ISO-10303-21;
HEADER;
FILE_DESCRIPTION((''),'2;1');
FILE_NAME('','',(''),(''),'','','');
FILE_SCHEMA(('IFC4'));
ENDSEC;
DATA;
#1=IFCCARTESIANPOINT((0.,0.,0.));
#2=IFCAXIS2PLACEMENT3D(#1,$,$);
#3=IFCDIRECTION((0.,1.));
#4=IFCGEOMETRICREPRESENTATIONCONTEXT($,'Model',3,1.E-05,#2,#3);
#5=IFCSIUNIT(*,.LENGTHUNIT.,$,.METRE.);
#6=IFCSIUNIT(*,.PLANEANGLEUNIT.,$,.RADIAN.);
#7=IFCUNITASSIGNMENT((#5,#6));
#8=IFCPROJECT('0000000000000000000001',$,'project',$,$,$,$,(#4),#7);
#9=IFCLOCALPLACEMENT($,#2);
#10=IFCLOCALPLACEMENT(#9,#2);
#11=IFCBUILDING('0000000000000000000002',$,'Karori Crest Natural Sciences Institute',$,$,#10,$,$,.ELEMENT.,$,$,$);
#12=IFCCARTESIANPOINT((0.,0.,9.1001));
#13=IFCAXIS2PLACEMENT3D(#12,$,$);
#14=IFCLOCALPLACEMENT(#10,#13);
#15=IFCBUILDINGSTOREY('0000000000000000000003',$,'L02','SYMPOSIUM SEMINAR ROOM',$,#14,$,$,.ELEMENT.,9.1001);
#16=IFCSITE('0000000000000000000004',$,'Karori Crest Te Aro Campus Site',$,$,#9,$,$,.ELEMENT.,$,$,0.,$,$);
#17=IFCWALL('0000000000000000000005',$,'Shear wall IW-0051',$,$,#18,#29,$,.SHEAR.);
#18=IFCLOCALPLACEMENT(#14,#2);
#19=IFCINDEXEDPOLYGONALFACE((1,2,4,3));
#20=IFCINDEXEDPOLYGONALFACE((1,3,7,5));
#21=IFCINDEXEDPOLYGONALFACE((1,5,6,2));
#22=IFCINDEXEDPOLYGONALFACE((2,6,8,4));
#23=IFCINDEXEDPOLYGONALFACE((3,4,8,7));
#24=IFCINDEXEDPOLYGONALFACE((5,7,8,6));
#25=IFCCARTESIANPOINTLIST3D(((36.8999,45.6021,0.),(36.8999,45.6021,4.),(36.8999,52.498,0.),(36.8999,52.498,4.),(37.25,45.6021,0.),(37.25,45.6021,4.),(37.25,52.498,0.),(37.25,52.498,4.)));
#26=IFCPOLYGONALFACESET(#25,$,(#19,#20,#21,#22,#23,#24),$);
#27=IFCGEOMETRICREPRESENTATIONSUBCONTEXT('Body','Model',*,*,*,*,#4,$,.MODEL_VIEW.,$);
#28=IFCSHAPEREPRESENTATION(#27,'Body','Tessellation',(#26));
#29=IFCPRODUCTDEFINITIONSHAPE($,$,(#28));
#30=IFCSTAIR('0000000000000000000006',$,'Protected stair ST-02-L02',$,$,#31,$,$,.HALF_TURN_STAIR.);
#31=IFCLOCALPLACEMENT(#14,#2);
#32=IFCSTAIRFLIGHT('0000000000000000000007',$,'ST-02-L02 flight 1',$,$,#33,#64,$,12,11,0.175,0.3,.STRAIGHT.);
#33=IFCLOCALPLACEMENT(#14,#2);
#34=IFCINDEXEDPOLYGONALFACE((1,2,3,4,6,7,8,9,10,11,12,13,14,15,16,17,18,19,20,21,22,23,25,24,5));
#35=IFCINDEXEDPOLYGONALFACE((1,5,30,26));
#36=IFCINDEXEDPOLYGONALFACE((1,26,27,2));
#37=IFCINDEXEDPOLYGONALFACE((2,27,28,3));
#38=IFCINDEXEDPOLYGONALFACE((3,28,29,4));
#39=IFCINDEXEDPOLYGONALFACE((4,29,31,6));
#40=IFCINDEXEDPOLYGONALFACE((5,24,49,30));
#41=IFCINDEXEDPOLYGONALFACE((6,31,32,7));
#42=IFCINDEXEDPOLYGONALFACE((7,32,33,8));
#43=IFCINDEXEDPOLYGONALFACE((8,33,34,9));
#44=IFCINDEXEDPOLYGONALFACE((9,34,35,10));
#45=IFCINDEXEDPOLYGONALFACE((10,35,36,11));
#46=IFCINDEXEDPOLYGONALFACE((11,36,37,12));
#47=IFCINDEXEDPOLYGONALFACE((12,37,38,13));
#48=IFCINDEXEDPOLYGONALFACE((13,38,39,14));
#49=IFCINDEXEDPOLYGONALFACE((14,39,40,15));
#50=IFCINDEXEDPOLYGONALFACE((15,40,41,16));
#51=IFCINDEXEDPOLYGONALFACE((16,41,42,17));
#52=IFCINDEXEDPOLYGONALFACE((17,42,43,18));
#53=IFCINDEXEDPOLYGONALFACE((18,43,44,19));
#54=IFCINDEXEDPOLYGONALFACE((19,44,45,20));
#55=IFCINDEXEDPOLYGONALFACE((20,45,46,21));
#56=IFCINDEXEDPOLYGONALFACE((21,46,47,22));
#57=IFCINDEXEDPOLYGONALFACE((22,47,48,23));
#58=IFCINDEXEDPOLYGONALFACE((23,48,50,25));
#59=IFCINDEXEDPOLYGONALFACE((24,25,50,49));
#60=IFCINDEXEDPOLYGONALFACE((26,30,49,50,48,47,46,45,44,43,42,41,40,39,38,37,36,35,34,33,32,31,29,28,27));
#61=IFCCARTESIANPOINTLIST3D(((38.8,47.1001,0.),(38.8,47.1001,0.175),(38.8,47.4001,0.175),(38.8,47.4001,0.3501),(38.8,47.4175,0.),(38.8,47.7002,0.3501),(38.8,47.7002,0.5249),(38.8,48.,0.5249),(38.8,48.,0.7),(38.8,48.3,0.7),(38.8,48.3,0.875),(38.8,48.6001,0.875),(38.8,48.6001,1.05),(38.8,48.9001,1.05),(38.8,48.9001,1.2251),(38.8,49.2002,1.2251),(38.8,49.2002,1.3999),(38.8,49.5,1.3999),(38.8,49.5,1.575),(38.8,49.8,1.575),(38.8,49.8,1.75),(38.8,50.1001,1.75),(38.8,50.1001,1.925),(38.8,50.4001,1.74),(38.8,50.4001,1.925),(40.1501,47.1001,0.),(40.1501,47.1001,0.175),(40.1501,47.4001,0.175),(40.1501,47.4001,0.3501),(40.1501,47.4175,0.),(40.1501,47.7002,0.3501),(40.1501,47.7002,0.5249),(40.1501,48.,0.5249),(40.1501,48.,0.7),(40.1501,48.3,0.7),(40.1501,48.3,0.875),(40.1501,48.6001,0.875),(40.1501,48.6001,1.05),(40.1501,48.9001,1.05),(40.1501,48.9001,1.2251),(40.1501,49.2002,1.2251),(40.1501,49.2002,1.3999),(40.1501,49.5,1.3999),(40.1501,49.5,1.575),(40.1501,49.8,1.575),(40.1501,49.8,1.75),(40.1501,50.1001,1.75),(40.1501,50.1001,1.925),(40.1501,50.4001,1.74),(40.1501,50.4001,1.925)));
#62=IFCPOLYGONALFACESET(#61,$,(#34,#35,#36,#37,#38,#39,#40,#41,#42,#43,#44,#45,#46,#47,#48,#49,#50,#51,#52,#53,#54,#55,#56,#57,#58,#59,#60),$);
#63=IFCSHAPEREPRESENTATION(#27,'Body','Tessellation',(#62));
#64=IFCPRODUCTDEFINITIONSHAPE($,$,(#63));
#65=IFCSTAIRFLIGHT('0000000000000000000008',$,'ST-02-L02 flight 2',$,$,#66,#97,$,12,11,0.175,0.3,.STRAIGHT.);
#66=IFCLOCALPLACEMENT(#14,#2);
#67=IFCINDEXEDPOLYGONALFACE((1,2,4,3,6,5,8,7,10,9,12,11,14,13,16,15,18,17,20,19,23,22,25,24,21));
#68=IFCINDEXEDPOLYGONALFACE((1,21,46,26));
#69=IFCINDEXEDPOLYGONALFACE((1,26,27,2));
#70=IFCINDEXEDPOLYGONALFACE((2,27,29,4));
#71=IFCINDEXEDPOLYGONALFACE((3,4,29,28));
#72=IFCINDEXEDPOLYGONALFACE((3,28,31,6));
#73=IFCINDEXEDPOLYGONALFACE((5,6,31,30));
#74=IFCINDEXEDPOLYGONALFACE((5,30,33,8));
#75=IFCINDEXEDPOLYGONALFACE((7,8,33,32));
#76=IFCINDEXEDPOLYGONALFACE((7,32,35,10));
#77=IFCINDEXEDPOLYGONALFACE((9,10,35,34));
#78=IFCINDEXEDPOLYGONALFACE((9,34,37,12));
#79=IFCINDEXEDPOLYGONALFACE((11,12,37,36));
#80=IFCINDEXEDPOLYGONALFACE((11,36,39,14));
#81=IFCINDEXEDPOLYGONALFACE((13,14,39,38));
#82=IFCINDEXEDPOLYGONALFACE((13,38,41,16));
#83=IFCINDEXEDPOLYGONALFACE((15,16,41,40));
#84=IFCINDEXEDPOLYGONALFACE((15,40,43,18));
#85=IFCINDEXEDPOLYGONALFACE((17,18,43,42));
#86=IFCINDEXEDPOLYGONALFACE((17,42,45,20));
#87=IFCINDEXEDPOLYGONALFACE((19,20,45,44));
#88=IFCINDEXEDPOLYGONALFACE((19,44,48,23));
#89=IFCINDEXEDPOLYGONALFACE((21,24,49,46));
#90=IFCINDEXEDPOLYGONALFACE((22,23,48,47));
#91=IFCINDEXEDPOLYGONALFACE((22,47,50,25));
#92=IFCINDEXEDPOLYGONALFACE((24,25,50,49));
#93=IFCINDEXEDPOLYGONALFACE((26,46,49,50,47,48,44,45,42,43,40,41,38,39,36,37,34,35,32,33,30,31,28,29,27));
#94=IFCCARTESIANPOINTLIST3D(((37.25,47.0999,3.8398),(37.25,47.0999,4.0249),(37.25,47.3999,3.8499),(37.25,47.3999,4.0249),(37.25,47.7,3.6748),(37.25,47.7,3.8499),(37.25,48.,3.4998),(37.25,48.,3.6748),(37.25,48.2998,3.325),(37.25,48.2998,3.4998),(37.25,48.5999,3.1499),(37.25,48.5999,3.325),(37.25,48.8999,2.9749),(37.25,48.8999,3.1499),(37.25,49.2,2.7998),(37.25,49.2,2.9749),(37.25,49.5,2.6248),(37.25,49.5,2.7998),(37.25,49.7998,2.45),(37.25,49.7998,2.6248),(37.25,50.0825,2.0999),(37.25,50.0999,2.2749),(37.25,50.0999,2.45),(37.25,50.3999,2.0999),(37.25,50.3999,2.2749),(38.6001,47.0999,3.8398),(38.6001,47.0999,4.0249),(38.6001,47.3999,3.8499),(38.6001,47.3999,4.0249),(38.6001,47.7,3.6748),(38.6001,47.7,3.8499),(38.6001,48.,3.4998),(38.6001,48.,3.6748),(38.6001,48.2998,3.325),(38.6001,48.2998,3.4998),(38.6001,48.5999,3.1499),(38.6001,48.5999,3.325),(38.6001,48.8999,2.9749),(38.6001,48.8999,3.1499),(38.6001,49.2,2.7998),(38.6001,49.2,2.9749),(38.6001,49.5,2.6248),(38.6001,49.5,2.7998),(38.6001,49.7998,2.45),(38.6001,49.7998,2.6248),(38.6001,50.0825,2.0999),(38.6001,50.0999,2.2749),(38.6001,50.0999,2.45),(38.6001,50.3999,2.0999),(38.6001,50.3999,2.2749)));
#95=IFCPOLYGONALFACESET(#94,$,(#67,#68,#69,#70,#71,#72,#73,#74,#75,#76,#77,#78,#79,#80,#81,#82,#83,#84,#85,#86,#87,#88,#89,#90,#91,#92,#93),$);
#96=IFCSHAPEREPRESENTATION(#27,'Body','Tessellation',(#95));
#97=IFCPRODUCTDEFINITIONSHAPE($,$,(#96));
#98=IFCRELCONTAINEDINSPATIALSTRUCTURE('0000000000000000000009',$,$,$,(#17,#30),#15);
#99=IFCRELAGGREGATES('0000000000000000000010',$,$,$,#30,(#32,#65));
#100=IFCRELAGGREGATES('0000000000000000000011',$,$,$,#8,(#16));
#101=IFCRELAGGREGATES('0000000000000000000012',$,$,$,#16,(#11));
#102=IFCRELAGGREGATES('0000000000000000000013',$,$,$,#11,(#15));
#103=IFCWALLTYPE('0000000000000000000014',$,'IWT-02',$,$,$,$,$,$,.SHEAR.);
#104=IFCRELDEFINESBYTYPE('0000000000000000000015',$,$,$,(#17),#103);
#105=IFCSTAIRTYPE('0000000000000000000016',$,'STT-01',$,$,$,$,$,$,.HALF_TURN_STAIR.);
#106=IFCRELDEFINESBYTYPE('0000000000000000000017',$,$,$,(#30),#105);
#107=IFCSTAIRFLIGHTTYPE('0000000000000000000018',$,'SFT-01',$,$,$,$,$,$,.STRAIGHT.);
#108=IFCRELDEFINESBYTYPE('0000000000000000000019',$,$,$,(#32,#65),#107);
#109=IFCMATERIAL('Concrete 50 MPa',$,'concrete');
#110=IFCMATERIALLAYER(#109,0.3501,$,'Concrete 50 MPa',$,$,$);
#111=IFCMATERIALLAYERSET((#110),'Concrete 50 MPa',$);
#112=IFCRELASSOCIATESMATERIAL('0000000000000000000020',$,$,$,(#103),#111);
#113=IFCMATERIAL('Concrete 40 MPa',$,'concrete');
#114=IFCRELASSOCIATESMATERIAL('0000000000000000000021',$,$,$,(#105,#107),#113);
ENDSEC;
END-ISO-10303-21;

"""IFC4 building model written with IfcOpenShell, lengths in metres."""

from ifc_helpers import new_model, si_unit, direction, frame, frame_2d, origin, place, context, subcontext, project, spatial, polyline, rectangle, outline, extrude, material, layer, layer_set, type_object, element, aggregate, save


model = new_model("IFC4")

# Units and contexts
model_context = context("Model", 3, precision=1e-05, world=origin(), true_north=direction((0.0, 1.0)))
body_context = subcontext(model_context, "Body", "Model", "MODEL_VIEW")
ifc_project = project(units=[si_unit("LENGTHUNIT", "METRE"), si_unit("PLANEANGLEUNIT", "RADIAN")], contexts=[model_context])

# Site, building, storey
site_placement = place(None, origin())
site = spatial("IfcSite", under=ifc_project, at=site_placement, Name="Karori Crest Te Aro Campus Site", CompositionType="ELEMENT", RefElevation=0.0)
building_placement = place(site_placement, origin())
building = spatial("IfcBuilding", under=site, at=building_placement, Name="Karori Crest Natural Sciences Institute", CompositionType="ELEMENT")
storey_placement = place(building_placement, frame((0.0, 0.0, 9.1001)))
storey = spatial("IfcBuildingStorey", under=building, at=storey_placement, Name="L02", Description="SYMPOSIUM SEMINAR ROOM", CompositionType="ELEMENT", Elevation=9.1001)

# Wall
ifc_material_1 = material(Name="Concrete 50 MPa", Category="concrete")
ifc_layer_1 = layer(ifc_material_1, 0.3501, Name="Concrete 50 MPa")
ifc_layer_set_1 = layer_set([ifc_layer_1], Name="Concrete 50 MPa")
wall_type_1 = type_object("IfcWallType", Name="IWT-02", PredefinedType="SHEAR", material=ifc_layer_set_1)
wall_1_placement = place(storey_placement, frame((37.075, 45.6021, 0.0), z_axis=(0.0, 0.0, 1.0), x_axis=(0.0, 1.0, 0.0)))
element("IfcWall", 1, at=wall_1_placement, inside=storey, type_object=wall_type_1, Name="Shear wall IW-0051", PredefinedType="SHEAR", context=body_context, shape_type="SweptSolid", body=[
    extrude(rectangle(XDim=6.896, YDim=0.3501, at=frame_2d((3.448, 0.0))), origin(), (0.0, 0.0, 1.0), 4.0),
])

# Stair, stair flights
ifc_material_2 = material(Name="Concrete 40 MPa", Category="concrete")
stair_type = type_object("IfcStairType", Name="STT-01", PredefinedType="HALF_TURN_STAIR", material=ifc_material_2)
stair_placement = place(storey_placement, origin())
stair = element("IfcStair", 2, at=stair_placement, inside=storey, type_object=stair_type, Name="Protected stair ST-02-L02", PredefinedType="HALF_TURN_STAIR")
stair_flight_type = type_object("IfcStairFlightType", Name="SFT-01", PredefinedType="STRAIGHT", material=ifc_material_2)
stair_flight_1_placement = place(storey_placement, frame((39.4751, 47.1001, 0.0), z_axis=(0.0, 0.0, 1.0), x_axis=(0.0, 1.0, 0.0)))
stair_flight_1 = element("IfcStairFlight", 3, at=stair_flight_1_placement, type_object=stair_flight_type, Name="ST-02-L02 flight 1", NumberOfRisers=12, NumberOfTreads=11, PredefinedType="STRAIGHT", RiserHeight=0.175, TreadLength=0.3, context=body_context, shape_type="SweptSolid", body=[
    extrude(outline(polyline([(0.0, 0.0), (0.0, 0.175), (0.3, 0.175), (0.3, 0.3501), (0.6001, 0.3501), (0.6001, 0.5249), (0.8999, 0.5249), (0.8999, 0.7), (1.2, 0.7), (1.2, 0.875), (1.5, 0.875), (1.5, 1.05), (1.8, 1.05), (1.8, 1.2251), (2.1001, 1.2251), (2.1001, 1.3999), (2.3999, 1.3999), (2.3999, 1.575), (2.7, 1.575), (2.7, 1.75), (3.0, 1.75), (3.0, 1.925), (3.3, 1.925), (3.3, 2.1001), (3.3, 1.74), (0.3174, 0.0), (0.0, 0.0)])), frame((0.0, 0.675, 0.0), z_axis=(0.0, -1.0, 0.0), x_axis=(1.0, 0.0, 0.0)), (0.0, 0.0, 1.0), 1.3501),
])
stair_flight_2_placement = place(storey_placement, frame((37.925, 50.3999, 2.0999), z_axis=(0.0, 0.0, 1.0), x_axis=(0.0, -1.0, 0.0)))
stair_flight_2 = element("IfcStairFlight", 4, at=stair_flight_2_placement, type_object=stair_flight_type, Name="ST-02-L02 flight 2", NumberOfRisers=12, NumberOfTreads=11, PredefinedType="STRAIGHT", RiserHeight=0.175, TreadLength=0.3, context=body_context, shape_type="SweptSolid", body=[
    extrude(outline(polyline([(0.0, 0.0), (0.0, 0.175), (0.3, 0.175), (0.3, 0.3501), (0.6001, 0.3501), (0.6001, 0.5249), (0.8999, 0.5249), (0.8999, 0.7), (1.2, 0.7), (1.2, 0.875), (1.5, 0.875), (1.5, 1.05), (1.8, 1.05), (1.8, 1.2251), (2.1001, 1.2251), (2.1001, 1.3999), (2.3999, 1.3999), (2.3999, 1.575), (2.7, 1.575), (2.7, 1.75), (3.0, 1.75), (3.0, 1.925), (3.3, 1.925), (3.3, 2.1001), (3.3, 1.74), (0.3174, 0.0), (0.0, 0.0)])), frame((0.0, 0.675, 0.0), z_axis=(0.0, -1.0, 0.0), x_axis=(1.0, 0.0, 0.0)), (0.0, 0.0, 1.0), 1.3501),
])
aggregate(stair, [stair_flight_1, stair_flight_2])

save(model, "model.ifc")
